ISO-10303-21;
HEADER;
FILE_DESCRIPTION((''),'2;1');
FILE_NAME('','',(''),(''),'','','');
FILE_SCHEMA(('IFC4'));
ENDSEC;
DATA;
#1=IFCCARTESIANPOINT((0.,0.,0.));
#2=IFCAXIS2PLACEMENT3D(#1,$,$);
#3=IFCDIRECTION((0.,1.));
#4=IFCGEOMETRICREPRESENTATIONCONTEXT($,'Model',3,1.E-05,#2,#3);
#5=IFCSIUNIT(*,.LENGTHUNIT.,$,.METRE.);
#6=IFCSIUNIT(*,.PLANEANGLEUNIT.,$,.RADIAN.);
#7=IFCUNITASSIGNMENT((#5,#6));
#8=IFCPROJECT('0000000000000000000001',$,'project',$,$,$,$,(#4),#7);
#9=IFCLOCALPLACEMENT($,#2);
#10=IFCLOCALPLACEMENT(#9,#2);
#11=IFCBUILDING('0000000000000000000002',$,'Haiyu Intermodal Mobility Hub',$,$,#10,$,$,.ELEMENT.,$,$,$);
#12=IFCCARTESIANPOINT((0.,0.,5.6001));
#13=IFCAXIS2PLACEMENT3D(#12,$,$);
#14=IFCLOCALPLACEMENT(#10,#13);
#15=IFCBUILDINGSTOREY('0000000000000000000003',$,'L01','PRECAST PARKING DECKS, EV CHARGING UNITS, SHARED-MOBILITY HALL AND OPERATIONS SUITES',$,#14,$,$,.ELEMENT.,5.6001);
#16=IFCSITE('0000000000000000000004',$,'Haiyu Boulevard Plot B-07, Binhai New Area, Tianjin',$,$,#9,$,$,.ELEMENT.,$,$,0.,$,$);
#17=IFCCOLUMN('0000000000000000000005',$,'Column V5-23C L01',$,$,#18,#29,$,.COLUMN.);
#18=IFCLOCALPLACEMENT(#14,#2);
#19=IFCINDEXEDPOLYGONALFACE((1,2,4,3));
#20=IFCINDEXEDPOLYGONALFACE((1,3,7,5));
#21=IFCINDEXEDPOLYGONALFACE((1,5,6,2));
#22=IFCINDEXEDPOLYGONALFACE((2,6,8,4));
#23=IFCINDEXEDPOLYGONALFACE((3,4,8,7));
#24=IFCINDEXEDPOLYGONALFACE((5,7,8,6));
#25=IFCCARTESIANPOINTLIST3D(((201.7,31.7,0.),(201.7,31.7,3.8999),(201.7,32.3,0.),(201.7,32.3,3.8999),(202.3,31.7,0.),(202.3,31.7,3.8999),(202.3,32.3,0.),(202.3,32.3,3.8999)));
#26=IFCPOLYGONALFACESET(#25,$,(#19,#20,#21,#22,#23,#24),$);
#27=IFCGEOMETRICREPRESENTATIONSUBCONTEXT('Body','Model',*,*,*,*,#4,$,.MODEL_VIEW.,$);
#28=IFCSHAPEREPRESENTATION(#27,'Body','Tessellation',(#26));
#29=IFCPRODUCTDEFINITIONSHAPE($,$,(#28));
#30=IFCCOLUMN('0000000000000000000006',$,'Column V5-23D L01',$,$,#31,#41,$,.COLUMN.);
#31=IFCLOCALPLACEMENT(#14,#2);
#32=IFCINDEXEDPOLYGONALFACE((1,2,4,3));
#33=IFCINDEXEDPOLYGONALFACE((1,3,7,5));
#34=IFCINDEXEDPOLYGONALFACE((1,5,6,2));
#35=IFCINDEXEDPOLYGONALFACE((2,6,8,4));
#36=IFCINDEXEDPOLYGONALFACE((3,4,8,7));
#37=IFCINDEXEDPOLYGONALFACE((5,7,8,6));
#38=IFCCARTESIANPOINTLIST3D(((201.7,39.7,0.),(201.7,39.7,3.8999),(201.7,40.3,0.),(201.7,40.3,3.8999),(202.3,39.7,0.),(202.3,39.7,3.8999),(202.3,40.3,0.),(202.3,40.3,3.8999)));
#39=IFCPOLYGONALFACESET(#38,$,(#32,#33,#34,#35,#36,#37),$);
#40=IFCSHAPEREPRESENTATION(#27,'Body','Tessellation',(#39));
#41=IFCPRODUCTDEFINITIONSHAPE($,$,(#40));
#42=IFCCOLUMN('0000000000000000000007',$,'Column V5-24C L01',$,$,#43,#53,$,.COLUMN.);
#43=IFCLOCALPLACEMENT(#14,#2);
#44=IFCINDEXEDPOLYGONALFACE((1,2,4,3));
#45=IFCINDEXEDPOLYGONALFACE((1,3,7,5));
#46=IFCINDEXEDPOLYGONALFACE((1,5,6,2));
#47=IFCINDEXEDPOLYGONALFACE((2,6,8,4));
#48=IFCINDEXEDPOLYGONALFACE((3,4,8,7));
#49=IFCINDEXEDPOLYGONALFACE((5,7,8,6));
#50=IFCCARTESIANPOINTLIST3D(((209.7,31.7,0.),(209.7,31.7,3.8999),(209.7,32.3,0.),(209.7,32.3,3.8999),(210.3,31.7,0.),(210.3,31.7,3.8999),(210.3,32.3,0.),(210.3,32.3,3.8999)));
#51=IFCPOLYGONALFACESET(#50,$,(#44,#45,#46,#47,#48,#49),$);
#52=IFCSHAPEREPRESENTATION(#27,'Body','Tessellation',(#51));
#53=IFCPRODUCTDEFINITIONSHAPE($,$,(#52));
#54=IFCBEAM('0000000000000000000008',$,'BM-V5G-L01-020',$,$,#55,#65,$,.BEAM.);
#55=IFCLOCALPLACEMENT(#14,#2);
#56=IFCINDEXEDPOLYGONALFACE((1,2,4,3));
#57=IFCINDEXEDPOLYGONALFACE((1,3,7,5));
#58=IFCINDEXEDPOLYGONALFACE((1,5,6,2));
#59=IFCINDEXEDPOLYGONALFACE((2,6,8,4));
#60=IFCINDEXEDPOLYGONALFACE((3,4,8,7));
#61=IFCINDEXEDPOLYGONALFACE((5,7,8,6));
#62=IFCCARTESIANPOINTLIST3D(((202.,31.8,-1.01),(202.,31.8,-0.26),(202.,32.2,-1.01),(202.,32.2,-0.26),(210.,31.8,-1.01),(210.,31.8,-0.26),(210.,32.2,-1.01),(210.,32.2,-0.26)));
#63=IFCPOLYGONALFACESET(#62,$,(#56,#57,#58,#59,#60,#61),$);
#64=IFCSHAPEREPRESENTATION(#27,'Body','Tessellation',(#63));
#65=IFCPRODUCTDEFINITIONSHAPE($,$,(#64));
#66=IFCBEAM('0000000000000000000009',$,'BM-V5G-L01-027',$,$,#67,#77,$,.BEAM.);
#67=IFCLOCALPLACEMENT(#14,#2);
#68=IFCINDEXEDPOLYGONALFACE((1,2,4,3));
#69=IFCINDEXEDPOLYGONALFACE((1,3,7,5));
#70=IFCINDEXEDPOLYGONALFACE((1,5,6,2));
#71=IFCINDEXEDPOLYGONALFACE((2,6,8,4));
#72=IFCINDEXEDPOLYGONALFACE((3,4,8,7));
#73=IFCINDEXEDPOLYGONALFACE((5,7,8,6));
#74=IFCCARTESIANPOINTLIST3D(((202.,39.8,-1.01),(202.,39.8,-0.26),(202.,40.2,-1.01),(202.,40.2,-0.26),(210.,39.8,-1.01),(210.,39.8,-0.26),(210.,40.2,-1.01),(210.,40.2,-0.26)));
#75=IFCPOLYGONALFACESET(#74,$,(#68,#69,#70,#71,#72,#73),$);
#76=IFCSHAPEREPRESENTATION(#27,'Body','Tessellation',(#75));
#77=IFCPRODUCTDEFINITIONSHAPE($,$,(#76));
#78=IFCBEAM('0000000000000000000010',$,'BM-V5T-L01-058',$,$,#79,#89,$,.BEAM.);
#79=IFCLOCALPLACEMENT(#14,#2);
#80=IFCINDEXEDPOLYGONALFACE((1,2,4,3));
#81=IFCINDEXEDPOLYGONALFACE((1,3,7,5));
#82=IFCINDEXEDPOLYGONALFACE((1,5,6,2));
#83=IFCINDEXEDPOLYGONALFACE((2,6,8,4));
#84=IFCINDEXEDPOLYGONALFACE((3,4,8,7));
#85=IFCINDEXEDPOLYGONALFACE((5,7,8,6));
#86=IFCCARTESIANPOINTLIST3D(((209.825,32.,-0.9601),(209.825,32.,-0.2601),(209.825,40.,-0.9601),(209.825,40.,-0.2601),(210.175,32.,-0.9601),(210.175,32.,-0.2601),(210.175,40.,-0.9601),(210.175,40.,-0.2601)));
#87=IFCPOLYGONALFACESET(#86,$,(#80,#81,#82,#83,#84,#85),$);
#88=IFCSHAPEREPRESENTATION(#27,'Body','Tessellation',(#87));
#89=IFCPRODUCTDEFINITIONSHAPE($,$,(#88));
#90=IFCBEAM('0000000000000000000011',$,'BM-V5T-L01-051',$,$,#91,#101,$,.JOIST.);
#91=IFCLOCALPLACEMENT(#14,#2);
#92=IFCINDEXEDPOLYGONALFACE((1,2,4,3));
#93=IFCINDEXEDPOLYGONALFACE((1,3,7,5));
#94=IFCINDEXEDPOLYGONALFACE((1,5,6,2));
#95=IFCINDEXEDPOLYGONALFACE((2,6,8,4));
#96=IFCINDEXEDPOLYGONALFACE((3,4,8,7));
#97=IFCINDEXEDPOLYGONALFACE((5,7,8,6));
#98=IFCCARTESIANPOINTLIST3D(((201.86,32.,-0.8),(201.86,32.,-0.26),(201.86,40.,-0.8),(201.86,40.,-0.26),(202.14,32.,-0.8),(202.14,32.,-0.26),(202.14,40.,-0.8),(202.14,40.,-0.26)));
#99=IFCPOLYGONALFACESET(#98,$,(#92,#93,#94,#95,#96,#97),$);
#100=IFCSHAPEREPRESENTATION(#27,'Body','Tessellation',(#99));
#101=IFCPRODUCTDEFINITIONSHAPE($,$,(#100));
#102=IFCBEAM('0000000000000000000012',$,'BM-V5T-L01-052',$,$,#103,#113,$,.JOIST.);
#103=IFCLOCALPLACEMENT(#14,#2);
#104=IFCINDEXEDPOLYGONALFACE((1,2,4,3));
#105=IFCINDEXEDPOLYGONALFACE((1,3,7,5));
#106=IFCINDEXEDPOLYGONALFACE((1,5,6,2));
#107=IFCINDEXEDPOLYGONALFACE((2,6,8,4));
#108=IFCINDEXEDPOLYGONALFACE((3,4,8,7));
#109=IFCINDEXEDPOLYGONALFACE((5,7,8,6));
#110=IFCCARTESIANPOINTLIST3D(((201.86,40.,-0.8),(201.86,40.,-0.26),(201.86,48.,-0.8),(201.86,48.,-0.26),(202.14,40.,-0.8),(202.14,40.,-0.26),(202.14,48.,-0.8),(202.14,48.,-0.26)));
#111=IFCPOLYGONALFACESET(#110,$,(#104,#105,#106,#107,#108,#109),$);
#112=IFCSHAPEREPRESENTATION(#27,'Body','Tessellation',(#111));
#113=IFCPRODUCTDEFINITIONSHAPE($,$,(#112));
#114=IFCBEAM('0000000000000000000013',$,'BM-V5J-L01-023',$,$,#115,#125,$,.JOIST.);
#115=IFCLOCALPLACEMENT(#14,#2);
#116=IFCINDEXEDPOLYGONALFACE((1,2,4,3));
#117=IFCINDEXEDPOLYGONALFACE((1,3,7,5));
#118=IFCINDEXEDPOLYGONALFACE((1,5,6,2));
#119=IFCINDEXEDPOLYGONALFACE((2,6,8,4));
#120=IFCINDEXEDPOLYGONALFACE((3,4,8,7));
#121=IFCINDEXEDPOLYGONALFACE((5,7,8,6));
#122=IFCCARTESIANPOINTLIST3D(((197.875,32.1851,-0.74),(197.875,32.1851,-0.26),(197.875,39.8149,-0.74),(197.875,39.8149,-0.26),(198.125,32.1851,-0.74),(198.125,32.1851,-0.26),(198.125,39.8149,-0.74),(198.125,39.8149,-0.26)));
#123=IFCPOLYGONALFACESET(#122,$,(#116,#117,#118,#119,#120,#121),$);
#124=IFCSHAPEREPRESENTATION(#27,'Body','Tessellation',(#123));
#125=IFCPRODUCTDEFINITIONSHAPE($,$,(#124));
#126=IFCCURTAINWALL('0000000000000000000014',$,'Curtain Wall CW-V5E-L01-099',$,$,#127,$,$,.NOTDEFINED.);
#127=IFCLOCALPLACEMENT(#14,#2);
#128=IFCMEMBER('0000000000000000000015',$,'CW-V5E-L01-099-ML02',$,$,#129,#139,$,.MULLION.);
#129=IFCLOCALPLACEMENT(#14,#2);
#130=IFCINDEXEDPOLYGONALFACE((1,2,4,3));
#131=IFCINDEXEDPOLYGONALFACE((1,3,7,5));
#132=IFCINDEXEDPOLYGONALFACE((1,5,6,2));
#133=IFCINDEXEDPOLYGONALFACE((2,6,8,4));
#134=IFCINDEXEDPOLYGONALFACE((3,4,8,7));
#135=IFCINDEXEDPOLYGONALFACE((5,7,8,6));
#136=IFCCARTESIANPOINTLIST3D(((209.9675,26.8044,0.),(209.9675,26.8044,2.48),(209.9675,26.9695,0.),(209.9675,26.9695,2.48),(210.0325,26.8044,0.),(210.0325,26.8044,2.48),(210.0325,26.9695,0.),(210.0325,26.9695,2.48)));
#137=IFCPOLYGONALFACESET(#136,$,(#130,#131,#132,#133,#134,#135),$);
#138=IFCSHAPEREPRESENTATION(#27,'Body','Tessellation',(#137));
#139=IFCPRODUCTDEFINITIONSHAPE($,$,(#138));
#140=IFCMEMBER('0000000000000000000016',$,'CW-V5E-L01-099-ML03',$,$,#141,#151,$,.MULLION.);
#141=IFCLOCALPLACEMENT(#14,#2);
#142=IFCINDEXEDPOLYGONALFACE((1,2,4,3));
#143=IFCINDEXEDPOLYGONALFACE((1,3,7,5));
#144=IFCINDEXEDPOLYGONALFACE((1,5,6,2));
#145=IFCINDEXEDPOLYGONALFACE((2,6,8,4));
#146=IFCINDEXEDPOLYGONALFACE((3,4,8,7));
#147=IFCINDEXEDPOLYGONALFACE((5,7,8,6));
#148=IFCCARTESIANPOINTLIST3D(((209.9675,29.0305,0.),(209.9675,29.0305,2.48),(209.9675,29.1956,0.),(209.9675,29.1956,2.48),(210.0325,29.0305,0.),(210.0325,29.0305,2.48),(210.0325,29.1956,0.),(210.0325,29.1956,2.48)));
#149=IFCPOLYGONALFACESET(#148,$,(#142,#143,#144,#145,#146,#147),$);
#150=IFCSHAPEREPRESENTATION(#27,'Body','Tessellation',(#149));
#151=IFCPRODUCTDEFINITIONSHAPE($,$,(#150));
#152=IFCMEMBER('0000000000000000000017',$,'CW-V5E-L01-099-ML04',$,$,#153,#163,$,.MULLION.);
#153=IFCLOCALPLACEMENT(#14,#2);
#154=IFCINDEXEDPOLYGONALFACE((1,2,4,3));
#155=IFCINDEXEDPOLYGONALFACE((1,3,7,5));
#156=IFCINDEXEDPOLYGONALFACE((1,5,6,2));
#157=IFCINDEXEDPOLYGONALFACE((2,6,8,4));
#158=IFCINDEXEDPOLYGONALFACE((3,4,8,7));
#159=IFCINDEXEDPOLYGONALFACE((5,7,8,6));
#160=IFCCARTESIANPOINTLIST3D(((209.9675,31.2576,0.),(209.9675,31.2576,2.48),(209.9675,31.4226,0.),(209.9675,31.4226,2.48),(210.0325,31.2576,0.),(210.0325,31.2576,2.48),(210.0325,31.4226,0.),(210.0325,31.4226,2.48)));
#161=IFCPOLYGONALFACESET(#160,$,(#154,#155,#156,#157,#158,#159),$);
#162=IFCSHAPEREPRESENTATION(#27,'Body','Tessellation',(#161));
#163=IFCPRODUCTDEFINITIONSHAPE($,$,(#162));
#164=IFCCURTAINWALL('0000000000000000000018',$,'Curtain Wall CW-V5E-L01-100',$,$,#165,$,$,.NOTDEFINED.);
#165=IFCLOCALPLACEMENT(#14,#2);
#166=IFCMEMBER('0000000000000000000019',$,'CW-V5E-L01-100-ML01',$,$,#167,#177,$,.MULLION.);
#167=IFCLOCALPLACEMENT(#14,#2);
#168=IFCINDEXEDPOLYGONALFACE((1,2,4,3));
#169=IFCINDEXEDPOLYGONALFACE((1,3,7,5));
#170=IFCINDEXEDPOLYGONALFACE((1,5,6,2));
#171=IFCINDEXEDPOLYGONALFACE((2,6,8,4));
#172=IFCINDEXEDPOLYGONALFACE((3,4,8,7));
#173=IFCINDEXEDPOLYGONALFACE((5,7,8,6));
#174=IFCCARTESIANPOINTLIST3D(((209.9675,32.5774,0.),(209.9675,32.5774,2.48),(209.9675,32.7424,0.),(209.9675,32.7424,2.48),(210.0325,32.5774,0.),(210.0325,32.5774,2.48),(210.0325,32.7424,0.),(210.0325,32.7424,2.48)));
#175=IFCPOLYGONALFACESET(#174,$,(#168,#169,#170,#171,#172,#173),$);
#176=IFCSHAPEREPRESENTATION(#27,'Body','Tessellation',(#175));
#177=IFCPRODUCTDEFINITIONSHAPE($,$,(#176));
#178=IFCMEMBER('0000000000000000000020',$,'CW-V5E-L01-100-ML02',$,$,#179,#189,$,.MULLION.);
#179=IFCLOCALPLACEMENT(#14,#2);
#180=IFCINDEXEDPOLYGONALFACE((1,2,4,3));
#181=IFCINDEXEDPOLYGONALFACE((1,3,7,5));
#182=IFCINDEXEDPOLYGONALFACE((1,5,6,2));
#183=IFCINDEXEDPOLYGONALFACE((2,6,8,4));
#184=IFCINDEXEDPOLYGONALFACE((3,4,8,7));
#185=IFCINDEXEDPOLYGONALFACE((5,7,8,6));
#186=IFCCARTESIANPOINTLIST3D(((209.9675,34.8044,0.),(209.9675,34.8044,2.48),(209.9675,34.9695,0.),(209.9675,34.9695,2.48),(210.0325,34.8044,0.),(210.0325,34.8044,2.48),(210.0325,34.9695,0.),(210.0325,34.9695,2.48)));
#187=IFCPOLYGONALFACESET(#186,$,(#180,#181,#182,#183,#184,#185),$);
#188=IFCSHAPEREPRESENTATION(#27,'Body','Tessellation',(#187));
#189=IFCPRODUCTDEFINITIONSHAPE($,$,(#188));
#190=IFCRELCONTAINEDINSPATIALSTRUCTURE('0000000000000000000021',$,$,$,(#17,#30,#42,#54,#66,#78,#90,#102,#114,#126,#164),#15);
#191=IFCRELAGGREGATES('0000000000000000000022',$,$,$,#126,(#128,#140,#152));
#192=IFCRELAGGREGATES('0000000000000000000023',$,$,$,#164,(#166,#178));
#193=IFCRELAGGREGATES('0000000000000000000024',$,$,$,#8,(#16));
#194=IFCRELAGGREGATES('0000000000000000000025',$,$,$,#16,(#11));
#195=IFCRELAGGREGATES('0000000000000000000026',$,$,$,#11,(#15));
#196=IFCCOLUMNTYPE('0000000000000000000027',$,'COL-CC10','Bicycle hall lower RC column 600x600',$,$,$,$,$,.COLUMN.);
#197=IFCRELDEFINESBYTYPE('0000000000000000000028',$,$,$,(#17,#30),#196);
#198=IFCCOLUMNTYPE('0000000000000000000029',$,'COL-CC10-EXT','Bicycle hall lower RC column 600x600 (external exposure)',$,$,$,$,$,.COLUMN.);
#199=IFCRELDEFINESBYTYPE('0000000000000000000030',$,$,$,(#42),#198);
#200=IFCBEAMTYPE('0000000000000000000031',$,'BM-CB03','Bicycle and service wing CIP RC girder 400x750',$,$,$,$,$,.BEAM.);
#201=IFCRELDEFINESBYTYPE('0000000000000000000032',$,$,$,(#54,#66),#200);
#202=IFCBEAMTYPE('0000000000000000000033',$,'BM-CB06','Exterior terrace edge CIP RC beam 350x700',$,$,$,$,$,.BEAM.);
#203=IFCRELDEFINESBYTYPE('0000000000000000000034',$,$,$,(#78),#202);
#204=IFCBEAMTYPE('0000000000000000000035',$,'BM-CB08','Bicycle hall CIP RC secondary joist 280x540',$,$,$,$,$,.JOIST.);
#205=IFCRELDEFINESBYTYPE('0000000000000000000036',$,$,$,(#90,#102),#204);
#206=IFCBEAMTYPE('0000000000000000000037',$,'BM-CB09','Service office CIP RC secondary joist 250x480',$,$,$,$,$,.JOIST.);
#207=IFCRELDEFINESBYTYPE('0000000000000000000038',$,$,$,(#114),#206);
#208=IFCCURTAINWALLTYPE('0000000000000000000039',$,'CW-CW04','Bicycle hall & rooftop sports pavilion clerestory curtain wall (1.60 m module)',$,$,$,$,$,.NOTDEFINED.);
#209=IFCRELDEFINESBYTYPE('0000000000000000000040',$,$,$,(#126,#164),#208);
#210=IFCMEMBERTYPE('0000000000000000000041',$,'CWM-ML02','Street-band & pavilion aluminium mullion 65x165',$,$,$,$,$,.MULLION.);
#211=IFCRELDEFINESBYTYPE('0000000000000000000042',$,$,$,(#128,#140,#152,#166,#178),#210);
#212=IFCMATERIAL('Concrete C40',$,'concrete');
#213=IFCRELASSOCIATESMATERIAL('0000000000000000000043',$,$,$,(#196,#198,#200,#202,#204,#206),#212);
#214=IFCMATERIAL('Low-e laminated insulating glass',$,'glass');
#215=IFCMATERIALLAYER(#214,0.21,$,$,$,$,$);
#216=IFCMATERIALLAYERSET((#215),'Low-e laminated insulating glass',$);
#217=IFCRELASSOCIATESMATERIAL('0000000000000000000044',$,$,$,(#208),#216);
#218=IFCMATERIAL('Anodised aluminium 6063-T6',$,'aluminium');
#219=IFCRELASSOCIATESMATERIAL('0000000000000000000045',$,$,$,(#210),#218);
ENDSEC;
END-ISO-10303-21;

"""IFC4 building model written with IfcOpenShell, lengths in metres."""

from ifc_helpers import new_model, si_unit, direction, frame, origin, origin_2d, place, context, subcontext, project, spatial, rectangle, extrude, material, layer, layer_set, material_profile, profile_set, type_object, element, aggregate, save


model = new_model("IFC4")

# Units and contexts
model_context = context("Model", 3, precision=1e-05, world=origin(), true_north=direction((0.0, 1.0)))
body_context = subcontext(model_context, "Body", "Model", "MODEL_VIEW")
ifc_project = project(units=[si_unit("LENGTHUNIT", "METRE"), si_unit("PLANEANGLEUNIT", "RADIAN")], contexts=[model_context])

# Site, building, storey
site_placement = place(None, origin())
site = spatial("IfcSite", under=ifc_project, at=site_placement, Name="Haiyu Boulevard Plot B-07, Binhai New Area, Tianjin", CompositionType="ELEMENT", RefElevation=0.0)
building_placement = place(site_placement, origin())
building = spatial("IfcBuilding", under=site, at=building_placement, Name="Haiyu Intermodal Mobility Hub", CompositionType="ELEMENT")
storey_placement = place(building_placement, frame((0.0, 0.0, 5.6001)))
storey = spatial("IfcBuildingStorey", under=building, at=storey_placement, Name="L01", Description="PRECAST PARKING DECKS, EV CHARGING UNITS, SHARED-MOBILITY HALL AND OPERATIONS SUITES", CompositionType="ELEMENT", Elevation=5.6001)

# Columns
ifc_material_1 = material(Name="Concrete C40", Category="concrete")
ifc_material_profile_1 = material_profile(ifc_material_1, rectangle(XDim=0.6001, YDim=0.6001, at=origin_2d()), Name="RC600x600")
ifc_profile_set_1 = profile_set([ifc_material_profile_1], Name="Concrete C40")
column_type_1 = type_object("IfcColumnType", Name="COL-CC10", Description="Bicycle hall lower RC column 600x600", PredefinedType="COLUMN", material=ifc_profile_set_1)
for number, where, z_axis, x_axis, name in (
    (1, (202.0, 32.0, 0.0), (0.0, 0.0, 1.0), (1.0, 0.0, 0.0), "Column V5-23C L01"),
    (2, (202.0, 40.0, 0.0), (0.0, 0.0, 1.0), (1.0, 0.0, 0.0), "Column V5-23D L01"),
):
    element("IfcColumn", number, at=place(storey_placement, frame(where, z_axis=z_axis, x_axis=x_axis)), inside=storey, type_object=column_type_1, Name=name, PredefinedType="COLUMN", context=body_context, shape_type="SweptSolid", body=[
        extrude(rectangle(XDim=0.6001, YDim=0.6001, at=origin_2d()), origin(), (0.0, 0.0, 1.0), 3.8999),
    ])
ifc_material_profile_2 = material_profile(ifc_material_1, rectangle(XDim=0.6001, YDim=0.6001, at=origin_2d()), Name="RC600x600")
ifc_profile_set_2 = profile_set([ifc_material_profile_2], Name="Concrete C40")
column_type_2 = type_object("IfcColumnType", Name="COL-CC10-EXT", Description="Bicycle hall lower RC column 600x600 (external exposure)", PredefinedType="COLUMN", material=ifc_profile_set_2)
column_placement = place(storey_placement, frame((210.0, 32.0, 0.0), z_axis=(0.0, 0.0, 1.0), x_axis=(1.0, 0.0, 0.0)))
element("IfcColumn", 3, at=column_placement, inside=storey, type_object=column_type_2, Name="Column V5-24C L01", PredefinedType="COLUMN", context=body_context, shape_type="SweptSolid", body=[
    extrude(rectangle(XDim=0.6001, YDim=0.6001, at=origin_2d()), origin(), (0.0, 0.0, 1.0), 3.8999),
])

# Beams
ifc_material_profile_3 = material_profile(ifc_material_1, rectangle(XDim=0.3999, YDim=0.75, at=origin_2d()), Name="RCB400x750")
ifc_profile_set_3 = profile_set([ifc_material_profile_3], Name="Concrete C40")
beam_type_1 = type_object("IfcBeamType", Name="BM-CB03", Description="Bicycle and service wing CIP RC girder 400x750", PredefinedType="BEAM", material=ifc_profile_set_3)
for number, where, z_axis, x_axis, name in (
    (4, (202.0, 32.0, -0.635), (1.0, 0.0, 0.0), (0.0, 1.0, 0.0), "BM-V5G-L01-020"),
    (5, (202.0, 40.0, -0.635), (1.0, 0.0, 0.0), (0.0, 1.0, 0.0), "BM-V5G-L01-027"),
):
    element("IfcBeam", number, at=place(storey_placement, frame(where, z_axis=z_axis, x_axis=x_axis)), inside=storey, type_object=beam_type_1, Name=name, PredefinedType="BEAM", context=body_context, shape_type="SweptSolid", body=[
        extrude(rectangle(XDim=0.3999, YDim=0.75, at=origin_2d()), origin(), (0.0, 0.0, 1.0), 8.0),
    ])
ifc_material_profile_4 = material_profile(ifc_material_1, rectangle(XDim=0.3501, YDim=0.7, at=origin_2d()), Name="RCB350x700")
ifc_profile_set_4 = profile_set([ifc_material_profile_4], Name="Concrete C40")
beam_type_2 = type_object("IfcBeamType", Name="BM-CB06", Description="Exterior terrace edge CIP RC beam 350x700", PredefinedType="BEAM", material=ifc_profile_set_4)
beam_1_placement = place(storey_placement, frame((210.0, 32.0, -0.6101), z_axis=(0.0, 1.0, 0.0), x_axis=(-1.0, 0.0, 0.0)))
element("IfcBeam", 6, at=beam_1_placement, inside=storey, type_object=beam_type_2, Name="BM-V5T-L01-058", PredefinedType="BEAM", context=body_context, shape_type="SweptSolid", body=[
    extrude(rectangle(XDim=0.3501, YDim=0.7, at=origin_2d()), origin(), (0.0, 0.0, 1.0), 8.0),
])
ifc_material_profile_5 = material_profile(ifc_material_1, rectangle(XDim=0.28, YDim=0.54, at=origin_2d()), Name="RCB280x540")
ifc_profile_set_5 = profile_set([ifc_material_profile_5], Name="Concrete C40")
beam_type_3 = type_object("IfcBeamType", Name="BM-CB08", Description="Bicycle hall CIP RC secondary joist 280x540", PredefinedType="JOIST", material=ifc_profile_set_5)
for number, where, z_axis, x_axis, name in (
    (7, (202.0, 32.0, -0.53), (0.0, 1.0, 0.0), (-1.0, 0.0, 0.0), "BM-V5T-L01-051"),
    (8, (202.0, 40.0, -0.53), (0.0, 1.0, 0.0), (-1.0, 0.0, 0.0), "BM-V5T-L01-052"),
):
    element("IfcBeam", number, at=place(storey_placement, frame(where, z_axis=z_axis, x_axis=x_axis)), inside=storey, type_object=beam_type_3, Name=name, PredefinedType="JOIST", context=body_context, shape_type="SweptSolid", body=[
        extrude(rectangle(XDim=0.28, YDim=0.54, at=origin_2d()), origin(), (0.0, 0.0, 1.0), 8.0),
    ])
ifc_material_profile_6 = material_profile(ifc_material_1, rectangle(XDim=0.25, YDim=0.48, at=origin_2d()), Name="RCB250x480")
ifc_profile_set_6 = profile_set([ifc_material_profile_6], Name="Concrete C40")
beam_type_4 = type_object("IfcBeamType", Name="BM-CB09", Description="Service office CIP RC secondary joist 250x480", PredefinedType="JOIST", material=ifc_profile_set_6)
beam_2_placement = place(storey_placement, frame((198.0, 32.1851, -0.5), z_axis=(0.0, 1.0, 0.0), x_axis=(-1.0, 0.0, 0.0)))
element("IfcBeam", 9, at=beam_2_placement, inside=storey, type_object=beam_type_4, Name="BM-V5J-L01-023", PredefinedType="JOIST", context=body_context, shape_type="SweptSolid", body=[
    extrude(rectangle(XDim=0.25, YDim=0.48, at=origin_2d()), origin(), (0.0, 0.0, 1.0), 7.6299),
])

# Curtain walls, members
ifc_material_2 = material(Name="Low-e laminated insulating glass", Category="glass")
ifc_layer_1 = layer(ifc_material_2, 0.21)
ifc_layer_set_1 = layer_set([ifc_layer_1], Name="Low-e laminated insulating glass")
curtain_wall_type = type_object("IfcCurtainWallType", Name="CW-CW04", Description="Bicycle hall & rooftop sports pavilion clerestory curtain wall (1.60 m module)", PredefinedType="NOTDEFINED", material=ifc_layer_set_1)
curtain_wall_1_placement = place(storey_placement, origin())
curtain_wall_1 = element("IfcCurtainWall", 10, at=curtain_wall_1_placement, inside=storey, type_object=curtain_wall_type, Name="Curtain Wall CW-V5E-L01-099", PredefinedType="NOTDEFINED")
ifc_material_3 = material(Name="Anodised aluminium 6063-T6", Category="aluminium")
ifc_material_profile_7 = material_profile(ifc_material_3, rectangle(XDim=0.0649, YDim=0.165, at=origin_2d()), Name="ALU65x165")
ifc_profile_set_7 = profile_set([ifc_material_profile_7], Name="Anodised aluminium 6063-T6")
member_type_1 = type_object("IfcMemberType", Name="CWM-ML02", Description="Street-band & pavilion aluminium mullion 65x165", PredefinedType="MULLION", material=ifc_profile_set_7)
member_1_placement = place(storey_placement, frame((210.0, 26.887, 0.0), z_axis=(0.0, 0.0, 1.0), x_axis=(1.0, 0.0, 0.0)))
member_1 = element("IfcMember", 11, at=member_1_placement, type_object=member_type_1, Name="CW-V5E-L01-099-ML02", PredefinedType="MULLION", context=body_context, shape_type="SweptSolid", body=[
    extrude(rectangle(XDim=0.0649, YDim=0.165, at=origin_2d()), origin(), (0.0, 0.0, 1.0), 2.48),
])
member_2_placement = place(storey_placement, frame((210.0, 29.113, 0.0), z_axis=(0.0, 0.0, 1.0), x_axis=(1.0, 0.0, 0.0)))
member_2 = element("IfcMember", 12, at=member_2_placement, type_object=member_type_1, Name="CW-V5E-L01-099-ML03", PredefinedType="MULLION", context=body_context, shape_type="SweptSolid", body=[
    extrude(rectangle(XDim=0.0649, YDim=0.165, at=origin_2d()), origin(), (0.0, 0.0, 1.0), 2.48),
])
member_3_placement = place(storey_placement, frame((210.0, 31.3401, 0.0), z_axis=(0.0, 0.0, 1.0), x_axis=(1.0, 0.0, 0.0)))
member_3 = element("IfcMember", 13, at=member_3_placement, type_object=member_type_1, Name="CW-V5E-L01-099-ML04", PredefinedType="MULLION", context=body_context, shape_type="SweptSolid", body=[
    extrude(rectangle(XDim=0.0649, YDim=0.165, at=origin_2d()), origin(), (0.0, 0.0, 1.0), 2.48),
])
curtain_wall_2_placement = place(storey_placement, origin())
curtain_wall_2 = element("IfcCurtainWall", 14, at=curtain_wall_2_placement, inside=storey, type_object=curtain_wall_type, Name="Curtain Wall CW-V5E-L01-100", PredefinedType="NOTDEFINED")
member_4_placement = place(storey_placement, frame((210.0, 32.6599, 0.0), z_axis=(0.0, 0.0, 1.0), x_axis=(1.0, 0.0, 0.0)))
member_4 = element("IfcMember", 15, at=member_4_placement, type_object=member_type_1, Name="CW-V5E-L01-100-ML01", PredefinedType="MULLION", context=body_context, shape_type="SweptSolid", body=[
    extrude(rectangle(XDim=0.0649, YDim=0.165, at=origin_2d()), origin(), (0.0, 0.0, 1.0), 2.48),
])
member_5_placement = place(storey_placement, frame((210.0, 34.887, 0.0), z_axis=(0.0, 0.0, 1.0), x_axis=(1.0, 0.0, 0.0)))
member_5 = element("IfcMember", 16, at=member_5_placement, type_object=member_type_1, Name="CW-V5E-L01-100-ML02", PredefinedType="MULLION", context=body_context, shape_type="SweptSolid", body=[
    extrude(rectangle(XDim=0.0649, YDim=0.165, at=origin_2d()), origin(), (0.0, 0.0, 1.0), 2.48),
])

aggregate(curtain_wall_1, [member_1, member_2, member_3])
aggregate(curtain_wall_2, [member_4, member_5])

save(model, "model.ifc")
